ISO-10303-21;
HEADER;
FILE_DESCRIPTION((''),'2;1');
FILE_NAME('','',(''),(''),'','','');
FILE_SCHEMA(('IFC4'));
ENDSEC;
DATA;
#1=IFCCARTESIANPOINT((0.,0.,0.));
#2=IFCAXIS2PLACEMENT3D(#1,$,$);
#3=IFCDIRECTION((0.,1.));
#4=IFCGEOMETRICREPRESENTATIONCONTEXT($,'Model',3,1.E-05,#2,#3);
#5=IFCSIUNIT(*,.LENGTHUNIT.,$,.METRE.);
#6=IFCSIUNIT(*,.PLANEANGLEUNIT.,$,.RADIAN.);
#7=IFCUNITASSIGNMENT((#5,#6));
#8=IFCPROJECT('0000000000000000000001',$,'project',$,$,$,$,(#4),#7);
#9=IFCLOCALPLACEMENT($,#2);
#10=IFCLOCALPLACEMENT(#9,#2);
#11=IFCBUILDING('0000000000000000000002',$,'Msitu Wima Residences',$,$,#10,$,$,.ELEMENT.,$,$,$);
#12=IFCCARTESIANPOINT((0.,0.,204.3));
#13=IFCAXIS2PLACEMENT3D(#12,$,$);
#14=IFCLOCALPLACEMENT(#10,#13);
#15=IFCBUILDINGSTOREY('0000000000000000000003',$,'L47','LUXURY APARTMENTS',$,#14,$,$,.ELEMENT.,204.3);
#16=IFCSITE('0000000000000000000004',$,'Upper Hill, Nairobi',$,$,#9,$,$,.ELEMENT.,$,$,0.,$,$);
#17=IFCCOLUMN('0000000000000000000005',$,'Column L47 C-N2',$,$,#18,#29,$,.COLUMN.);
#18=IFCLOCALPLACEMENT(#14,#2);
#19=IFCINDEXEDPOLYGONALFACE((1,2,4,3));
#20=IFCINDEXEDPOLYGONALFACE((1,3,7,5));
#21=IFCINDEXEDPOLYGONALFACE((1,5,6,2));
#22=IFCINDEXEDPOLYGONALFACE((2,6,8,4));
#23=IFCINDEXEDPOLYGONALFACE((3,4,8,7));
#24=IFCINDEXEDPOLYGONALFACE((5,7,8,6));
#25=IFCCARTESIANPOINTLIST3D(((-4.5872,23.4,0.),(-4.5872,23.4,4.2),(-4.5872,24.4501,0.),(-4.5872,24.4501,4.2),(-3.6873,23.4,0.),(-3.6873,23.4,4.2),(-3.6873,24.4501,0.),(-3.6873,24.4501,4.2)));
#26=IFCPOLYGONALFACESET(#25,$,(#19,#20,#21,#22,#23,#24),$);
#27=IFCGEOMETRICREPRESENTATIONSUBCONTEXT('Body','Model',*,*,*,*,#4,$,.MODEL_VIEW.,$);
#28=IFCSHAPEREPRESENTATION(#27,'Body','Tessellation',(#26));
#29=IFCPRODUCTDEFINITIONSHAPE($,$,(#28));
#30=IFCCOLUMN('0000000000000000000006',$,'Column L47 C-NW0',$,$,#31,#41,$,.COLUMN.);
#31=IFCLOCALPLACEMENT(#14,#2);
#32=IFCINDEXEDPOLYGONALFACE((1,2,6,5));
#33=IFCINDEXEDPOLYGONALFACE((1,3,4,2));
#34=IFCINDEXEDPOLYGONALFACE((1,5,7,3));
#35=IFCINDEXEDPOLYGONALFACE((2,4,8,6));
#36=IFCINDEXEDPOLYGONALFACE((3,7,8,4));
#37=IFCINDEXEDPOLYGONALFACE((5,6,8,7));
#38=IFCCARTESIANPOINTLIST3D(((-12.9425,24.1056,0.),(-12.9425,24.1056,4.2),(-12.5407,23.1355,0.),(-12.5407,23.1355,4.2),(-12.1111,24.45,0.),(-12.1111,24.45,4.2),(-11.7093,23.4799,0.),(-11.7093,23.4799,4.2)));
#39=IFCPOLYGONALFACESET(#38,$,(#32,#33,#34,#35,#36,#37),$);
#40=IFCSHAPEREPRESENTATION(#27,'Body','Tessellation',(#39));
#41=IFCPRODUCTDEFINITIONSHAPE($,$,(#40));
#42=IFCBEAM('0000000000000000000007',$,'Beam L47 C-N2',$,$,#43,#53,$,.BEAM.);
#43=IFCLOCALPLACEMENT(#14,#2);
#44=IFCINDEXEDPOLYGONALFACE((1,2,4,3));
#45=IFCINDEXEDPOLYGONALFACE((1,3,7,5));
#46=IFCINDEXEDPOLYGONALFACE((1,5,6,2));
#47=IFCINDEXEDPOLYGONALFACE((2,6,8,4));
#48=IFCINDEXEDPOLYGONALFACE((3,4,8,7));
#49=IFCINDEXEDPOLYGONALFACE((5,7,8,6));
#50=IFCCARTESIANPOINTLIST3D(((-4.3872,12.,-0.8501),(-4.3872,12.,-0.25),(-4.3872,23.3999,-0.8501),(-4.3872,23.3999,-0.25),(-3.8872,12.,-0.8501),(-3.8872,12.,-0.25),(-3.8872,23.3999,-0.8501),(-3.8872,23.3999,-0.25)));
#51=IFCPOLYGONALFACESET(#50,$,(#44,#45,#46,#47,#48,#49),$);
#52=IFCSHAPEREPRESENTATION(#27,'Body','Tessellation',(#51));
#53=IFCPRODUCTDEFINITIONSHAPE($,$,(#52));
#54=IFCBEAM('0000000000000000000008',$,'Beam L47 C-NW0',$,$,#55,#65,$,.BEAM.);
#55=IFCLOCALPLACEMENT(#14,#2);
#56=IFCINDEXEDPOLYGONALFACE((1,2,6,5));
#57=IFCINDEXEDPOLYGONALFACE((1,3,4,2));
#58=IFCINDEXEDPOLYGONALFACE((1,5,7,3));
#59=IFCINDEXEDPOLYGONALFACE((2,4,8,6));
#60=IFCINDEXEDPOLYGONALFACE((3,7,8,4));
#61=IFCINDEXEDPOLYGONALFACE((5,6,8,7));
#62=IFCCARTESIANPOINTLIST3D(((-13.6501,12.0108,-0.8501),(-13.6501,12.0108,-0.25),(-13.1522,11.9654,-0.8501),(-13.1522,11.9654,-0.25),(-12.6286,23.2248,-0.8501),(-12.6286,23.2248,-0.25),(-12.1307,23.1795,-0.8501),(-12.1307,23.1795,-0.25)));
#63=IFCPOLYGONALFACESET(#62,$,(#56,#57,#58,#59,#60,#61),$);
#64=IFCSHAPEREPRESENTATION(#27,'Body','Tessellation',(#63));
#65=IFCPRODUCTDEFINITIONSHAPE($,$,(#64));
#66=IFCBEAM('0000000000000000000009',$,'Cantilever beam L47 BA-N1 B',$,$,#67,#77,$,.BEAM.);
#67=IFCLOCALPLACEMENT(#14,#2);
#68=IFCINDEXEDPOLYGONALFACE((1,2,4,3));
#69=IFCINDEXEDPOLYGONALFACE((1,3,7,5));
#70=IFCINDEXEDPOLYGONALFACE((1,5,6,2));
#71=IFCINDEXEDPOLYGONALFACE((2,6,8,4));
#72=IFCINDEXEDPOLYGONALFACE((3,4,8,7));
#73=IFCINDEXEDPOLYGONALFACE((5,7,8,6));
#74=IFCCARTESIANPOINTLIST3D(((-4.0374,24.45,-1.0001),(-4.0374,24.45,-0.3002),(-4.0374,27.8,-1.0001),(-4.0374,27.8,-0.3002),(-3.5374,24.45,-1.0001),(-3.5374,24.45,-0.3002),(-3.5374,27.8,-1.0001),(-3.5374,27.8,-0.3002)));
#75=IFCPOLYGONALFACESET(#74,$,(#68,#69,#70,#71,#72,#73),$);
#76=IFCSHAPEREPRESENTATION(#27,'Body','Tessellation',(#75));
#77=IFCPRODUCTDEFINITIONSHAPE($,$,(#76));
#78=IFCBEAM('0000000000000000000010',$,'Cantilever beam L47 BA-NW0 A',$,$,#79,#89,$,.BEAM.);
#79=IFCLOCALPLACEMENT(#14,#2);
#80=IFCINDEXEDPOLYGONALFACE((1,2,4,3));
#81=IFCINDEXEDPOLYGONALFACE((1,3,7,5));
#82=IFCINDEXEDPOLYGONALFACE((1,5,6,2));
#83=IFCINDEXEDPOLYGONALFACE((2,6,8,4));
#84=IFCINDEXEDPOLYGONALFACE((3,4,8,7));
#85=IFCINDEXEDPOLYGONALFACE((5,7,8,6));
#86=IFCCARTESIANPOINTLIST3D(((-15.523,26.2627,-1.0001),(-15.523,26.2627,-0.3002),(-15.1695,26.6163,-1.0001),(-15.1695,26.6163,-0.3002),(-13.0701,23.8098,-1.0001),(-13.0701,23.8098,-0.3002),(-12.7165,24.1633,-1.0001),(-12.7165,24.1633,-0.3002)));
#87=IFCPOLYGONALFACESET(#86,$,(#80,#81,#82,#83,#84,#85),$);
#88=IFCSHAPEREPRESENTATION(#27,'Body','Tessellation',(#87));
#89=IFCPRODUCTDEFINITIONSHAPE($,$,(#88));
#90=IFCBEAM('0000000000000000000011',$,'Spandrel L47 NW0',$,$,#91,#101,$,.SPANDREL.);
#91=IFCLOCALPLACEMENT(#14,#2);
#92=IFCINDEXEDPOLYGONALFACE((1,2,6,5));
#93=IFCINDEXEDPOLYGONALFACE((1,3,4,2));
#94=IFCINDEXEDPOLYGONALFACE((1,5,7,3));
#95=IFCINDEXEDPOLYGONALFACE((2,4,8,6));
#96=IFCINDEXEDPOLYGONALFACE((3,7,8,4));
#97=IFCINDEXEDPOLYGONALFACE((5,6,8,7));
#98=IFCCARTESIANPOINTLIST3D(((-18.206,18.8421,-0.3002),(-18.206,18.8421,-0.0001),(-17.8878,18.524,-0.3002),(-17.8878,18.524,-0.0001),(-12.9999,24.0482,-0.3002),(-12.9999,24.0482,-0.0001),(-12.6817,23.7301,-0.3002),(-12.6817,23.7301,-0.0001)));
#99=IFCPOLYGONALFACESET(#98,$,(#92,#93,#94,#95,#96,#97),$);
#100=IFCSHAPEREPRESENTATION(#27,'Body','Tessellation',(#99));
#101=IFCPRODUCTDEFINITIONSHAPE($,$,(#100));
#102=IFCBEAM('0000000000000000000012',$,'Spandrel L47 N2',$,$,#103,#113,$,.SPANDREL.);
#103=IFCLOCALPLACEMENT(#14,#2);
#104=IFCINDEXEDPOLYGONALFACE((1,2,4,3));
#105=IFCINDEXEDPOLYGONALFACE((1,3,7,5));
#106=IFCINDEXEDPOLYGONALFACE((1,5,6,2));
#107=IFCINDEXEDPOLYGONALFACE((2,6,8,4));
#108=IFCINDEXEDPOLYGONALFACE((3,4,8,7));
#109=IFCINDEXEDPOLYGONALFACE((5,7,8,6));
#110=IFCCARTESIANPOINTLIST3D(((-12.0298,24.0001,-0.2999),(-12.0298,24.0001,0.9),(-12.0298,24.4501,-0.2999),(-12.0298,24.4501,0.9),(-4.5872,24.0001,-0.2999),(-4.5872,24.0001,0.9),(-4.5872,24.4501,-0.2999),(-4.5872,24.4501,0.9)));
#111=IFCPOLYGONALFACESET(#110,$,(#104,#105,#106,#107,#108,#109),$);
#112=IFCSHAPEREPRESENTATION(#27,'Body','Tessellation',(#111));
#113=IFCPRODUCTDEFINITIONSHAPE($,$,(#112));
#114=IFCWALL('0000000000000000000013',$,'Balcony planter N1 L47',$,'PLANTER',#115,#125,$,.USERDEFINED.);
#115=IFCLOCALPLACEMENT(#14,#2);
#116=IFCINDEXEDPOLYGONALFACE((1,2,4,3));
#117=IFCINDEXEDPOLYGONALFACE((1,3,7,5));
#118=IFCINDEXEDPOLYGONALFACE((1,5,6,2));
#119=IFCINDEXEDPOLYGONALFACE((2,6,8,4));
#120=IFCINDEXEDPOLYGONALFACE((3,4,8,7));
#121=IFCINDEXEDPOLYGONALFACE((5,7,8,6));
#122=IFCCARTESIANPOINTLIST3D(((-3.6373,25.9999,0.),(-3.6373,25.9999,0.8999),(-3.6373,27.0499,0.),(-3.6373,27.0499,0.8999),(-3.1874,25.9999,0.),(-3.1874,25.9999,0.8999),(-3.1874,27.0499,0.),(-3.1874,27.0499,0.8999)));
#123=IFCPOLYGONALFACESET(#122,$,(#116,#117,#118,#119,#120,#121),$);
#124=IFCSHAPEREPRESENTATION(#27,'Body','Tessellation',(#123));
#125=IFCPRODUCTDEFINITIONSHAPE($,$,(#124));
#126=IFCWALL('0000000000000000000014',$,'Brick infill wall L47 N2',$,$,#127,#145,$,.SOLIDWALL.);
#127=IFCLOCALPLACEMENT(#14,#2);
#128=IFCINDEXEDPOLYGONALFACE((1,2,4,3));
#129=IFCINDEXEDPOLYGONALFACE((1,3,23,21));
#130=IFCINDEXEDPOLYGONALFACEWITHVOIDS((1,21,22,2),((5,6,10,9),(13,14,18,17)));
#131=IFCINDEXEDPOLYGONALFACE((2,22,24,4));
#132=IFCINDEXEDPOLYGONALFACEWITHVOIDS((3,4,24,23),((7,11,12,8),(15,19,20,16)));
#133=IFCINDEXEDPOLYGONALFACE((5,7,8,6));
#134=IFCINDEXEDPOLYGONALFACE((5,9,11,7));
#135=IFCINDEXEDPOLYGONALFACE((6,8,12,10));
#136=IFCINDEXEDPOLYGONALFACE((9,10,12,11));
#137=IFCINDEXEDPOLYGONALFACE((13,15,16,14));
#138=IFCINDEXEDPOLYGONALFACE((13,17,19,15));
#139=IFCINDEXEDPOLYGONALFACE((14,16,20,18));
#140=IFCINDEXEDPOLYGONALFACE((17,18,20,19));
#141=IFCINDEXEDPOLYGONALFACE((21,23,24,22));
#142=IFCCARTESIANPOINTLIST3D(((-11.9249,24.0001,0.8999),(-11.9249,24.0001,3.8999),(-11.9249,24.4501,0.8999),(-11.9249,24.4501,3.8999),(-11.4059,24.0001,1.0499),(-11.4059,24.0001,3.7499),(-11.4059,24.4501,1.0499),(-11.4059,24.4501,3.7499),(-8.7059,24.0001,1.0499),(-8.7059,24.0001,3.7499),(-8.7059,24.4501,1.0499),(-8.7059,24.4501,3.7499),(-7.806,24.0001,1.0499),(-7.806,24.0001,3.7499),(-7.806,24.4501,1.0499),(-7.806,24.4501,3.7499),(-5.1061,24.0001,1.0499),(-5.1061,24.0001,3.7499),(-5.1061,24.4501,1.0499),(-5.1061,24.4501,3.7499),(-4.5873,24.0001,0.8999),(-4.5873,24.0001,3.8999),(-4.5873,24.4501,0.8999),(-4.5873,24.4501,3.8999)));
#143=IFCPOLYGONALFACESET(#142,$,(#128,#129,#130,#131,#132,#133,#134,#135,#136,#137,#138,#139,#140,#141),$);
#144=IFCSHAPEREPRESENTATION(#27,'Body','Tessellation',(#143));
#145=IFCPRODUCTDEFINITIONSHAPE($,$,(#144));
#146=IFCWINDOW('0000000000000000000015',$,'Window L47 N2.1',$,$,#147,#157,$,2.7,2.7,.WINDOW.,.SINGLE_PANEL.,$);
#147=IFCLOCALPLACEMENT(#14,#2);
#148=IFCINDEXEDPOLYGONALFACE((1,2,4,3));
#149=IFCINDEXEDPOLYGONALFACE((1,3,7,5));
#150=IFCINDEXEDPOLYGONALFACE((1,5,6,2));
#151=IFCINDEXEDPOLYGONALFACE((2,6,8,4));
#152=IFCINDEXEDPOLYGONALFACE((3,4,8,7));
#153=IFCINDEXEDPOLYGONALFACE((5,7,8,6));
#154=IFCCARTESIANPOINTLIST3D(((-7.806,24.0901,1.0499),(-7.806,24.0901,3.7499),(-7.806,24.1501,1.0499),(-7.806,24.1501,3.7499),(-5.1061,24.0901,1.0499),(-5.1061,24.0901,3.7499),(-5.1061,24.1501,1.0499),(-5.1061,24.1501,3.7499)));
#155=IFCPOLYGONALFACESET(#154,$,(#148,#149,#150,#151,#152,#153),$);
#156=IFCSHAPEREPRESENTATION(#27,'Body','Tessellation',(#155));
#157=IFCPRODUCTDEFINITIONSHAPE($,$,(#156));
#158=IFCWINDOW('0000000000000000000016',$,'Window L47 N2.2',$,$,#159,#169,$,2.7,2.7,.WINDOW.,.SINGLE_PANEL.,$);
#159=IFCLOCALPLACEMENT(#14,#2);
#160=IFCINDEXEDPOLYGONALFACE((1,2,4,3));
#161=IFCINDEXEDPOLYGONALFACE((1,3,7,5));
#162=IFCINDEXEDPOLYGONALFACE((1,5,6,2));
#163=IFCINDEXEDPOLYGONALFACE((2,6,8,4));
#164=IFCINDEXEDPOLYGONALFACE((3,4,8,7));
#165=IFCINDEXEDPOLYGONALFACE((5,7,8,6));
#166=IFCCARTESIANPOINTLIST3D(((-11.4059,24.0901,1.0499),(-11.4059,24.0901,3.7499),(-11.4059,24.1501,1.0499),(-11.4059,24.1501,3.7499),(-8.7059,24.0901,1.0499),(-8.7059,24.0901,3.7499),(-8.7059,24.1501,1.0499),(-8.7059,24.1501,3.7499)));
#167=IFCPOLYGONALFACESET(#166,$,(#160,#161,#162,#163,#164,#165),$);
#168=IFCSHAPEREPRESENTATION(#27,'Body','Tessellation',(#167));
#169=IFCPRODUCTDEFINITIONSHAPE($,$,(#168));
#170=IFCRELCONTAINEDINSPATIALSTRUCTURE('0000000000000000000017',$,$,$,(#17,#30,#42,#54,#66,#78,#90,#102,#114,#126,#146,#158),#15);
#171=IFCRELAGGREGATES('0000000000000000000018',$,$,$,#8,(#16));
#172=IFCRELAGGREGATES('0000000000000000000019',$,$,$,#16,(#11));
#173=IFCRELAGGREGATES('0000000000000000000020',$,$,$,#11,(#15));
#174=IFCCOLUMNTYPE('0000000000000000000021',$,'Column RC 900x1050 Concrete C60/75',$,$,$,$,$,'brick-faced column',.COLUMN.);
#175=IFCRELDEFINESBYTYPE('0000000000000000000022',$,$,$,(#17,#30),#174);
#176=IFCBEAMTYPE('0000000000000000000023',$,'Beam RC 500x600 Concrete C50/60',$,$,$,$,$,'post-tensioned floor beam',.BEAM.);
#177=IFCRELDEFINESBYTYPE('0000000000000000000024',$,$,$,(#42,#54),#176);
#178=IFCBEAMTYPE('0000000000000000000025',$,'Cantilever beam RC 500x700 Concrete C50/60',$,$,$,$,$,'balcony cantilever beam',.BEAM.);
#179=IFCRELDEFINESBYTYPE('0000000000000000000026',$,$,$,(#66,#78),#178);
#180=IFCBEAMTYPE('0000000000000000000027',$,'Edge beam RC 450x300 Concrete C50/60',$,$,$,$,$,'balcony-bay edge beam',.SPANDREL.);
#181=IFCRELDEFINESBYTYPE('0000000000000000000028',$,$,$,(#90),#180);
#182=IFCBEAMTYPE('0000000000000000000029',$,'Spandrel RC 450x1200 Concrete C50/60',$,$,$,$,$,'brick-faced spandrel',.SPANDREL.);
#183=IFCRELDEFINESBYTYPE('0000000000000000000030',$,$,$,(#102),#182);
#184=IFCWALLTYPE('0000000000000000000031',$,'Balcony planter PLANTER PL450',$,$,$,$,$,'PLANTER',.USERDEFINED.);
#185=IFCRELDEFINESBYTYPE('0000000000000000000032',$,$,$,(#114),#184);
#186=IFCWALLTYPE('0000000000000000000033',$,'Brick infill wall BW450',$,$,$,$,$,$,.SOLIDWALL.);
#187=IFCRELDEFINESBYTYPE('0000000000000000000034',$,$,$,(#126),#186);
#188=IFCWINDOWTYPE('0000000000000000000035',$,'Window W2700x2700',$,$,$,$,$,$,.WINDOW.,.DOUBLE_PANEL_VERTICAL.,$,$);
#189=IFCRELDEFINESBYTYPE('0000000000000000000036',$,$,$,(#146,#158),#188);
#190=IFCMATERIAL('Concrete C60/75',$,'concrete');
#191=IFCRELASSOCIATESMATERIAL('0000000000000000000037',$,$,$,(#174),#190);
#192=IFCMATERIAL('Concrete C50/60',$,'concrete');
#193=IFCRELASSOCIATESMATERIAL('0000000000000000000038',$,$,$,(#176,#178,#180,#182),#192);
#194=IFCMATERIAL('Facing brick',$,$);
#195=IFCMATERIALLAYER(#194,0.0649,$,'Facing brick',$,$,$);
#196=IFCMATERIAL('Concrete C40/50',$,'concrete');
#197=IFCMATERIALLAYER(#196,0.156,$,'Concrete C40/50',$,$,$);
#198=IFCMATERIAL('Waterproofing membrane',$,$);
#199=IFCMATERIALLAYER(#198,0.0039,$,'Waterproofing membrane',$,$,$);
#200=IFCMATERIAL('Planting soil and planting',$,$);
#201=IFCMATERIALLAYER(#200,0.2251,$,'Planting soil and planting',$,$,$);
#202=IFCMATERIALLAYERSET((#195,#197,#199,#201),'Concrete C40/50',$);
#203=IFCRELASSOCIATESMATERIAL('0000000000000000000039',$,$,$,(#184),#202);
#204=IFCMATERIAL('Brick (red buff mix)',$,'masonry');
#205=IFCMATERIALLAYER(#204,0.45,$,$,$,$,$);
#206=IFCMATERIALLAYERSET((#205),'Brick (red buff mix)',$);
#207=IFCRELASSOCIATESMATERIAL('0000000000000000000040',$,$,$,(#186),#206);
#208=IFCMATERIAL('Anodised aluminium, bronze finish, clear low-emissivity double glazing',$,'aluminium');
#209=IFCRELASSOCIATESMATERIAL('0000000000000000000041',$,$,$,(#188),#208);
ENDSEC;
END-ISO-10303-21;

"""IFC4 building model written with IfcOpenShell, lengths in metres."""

from ifc_helpers import new_model, si_unit, direction, frame, frame_2d, origin, origin_2d, place, context, subcontext, project, spatial, rectangle, extrude, material, layer, layer_set, material_profile, profile_set, type_object, element, fill, save


model = new_model("IFC4")

# Units and contexts
model_context = context("Model", 3, precision=1e-05, world=origin(), true_north=direction((0.0, 1.0)))
body_context = subcontext(model_context, "Body", "Model", "MODEL_VIEW")
ifc_project = project(units=[si_unit("LENGTHUNIT", "METRE"), si_unit("PLANEANGLEUNIT", "RADIAN")], contexts=[model_context])

# Site, building, storey
site_placement = place(None, origin())
site = spatial("IfcSite", under=ifc_project, at=site_placement, Name="Upper Hill, Nairobi", CompositionType="ELEMENT", RefElevation=0.0)
building_placement = place(site_placement, origin())
building = spatial("IfcBuilding", under=site, at=building_placement, Name="Msitu Wima Residences", CompositionType="ELEMENT")
storey_placement = place(building_placement, frame((0.0, 0.0, 204.3)))
storey = spatial("IfcBuildingStorey", under=building, at=storey_placement, Name="L47", Description="LUXURY APARTMENTS", CompositionType="ELEMENT", Elevation=204.3)

# Columns
ifc_material_1 = material(Name="Concrete C60/75", Category="concrete")
ifc_material_profile_1 = material_profile(ifc_material_1, rectangle(XDim=0.8999, YDim=1.05, at=origin_2d()), Name="RC 900x1050")
ifc_profile_set_1 = profile_set([ifc_material_profile_1], Name="Concrete C60/75")
column_type = type_object("IfcColumnType", Name="Column RC 900x1050 Concrete C60/75", ElementType="brick-faced column", PredefinedType="COLUMN", material=ifc_profile_set_1)
for number, where, z_axis, x_axis, name in (
    (1, (-4.1372, 23.925, 0.0), (0.0, 0.0, 1.0), (-1.0, 0.0, 0.0), "Column L47 C-N2"),
    (2, (-12.3259, 23.7927, 0.0), (0.0, 0.0, 1.0), (-0.92388, -0.382683, 0.0), "Column L47 C-NW0"),
):
    element("IfcColumn", number, at=place(storey_placement, frame(where, z_axis=z_axis, x_axis=x_axis)), inside=storey, type_object=column_type, Name=name, PredefinedType="COLUMN", context=body_context, shape_type="SweptSolid", body=[
        extrude(rectangle(XDim=0.8999, YDim=1.05, at=origin_2d()), origin(), (0.0, 0.0, 1.0), 4.2),
    ])

# Beams
ifc_material_2 = material(Name="Concrete C50/60", Category="concrete")
ifc_material_profile_2 = material_profile(ifc_material_2, rectangle(XDim=0.5, YDim=0.6001, at=origin_2d()), Name="RC 500x600")
ifc_profile_set_2 = profile_set([ifc_material_profile_2], Name="Concrete C50/60")
beam_type_1 = type_object("IfcBeamType", Name="Beam RC 500x600 Concrete C50/60", ElementType="post-tensioned floor beam", PredefinedType="BEAM", material=ifc_profile_set_2)
beam_1_placement = place(storey_placement, frame((-4.1372, 23.3999, -0.55), z_axis=(0.0, -1.0, 0.0), x_axis=(1.0, 0.0, 0.0)))
element("IfcBeam", 3, at=beam_1_placement, inside=storey, type_object=beam_type_1, Name="Beam L47 C-N2", PredefinedType="BEAM", context=body_context, shape_type="SweptSolid", body=[
    extrude(rectangle(XDim=0.5, YDim=0.6001, at=origin_2d()), origin(), (0.0, 0.0, 1.0), 11.3999),
])
beam_2_placement = place(storey_placement, frame((-12.3796, 23.2021, -0.55), z_axis=(-0.090714, -0.995877, 0.0), x_axis=(0.995877, -0.090714, 0.0)))
element("IfcBeam", 4, at=beam_2_placement, inside=storey, type_object=beam_type_1, Name="Beam L47 C-NW0", PredefinedType="BEAM", context=body_context, shape_type="SweptSolid", body=[
    extrude(rectangle(XDim=0.5, YDim=0.6001, at=origin_2d()), origin(), (0.0, 0.0, 1.0), 11.2605),
])
ifc_material_profile_3 = material_profile(ifc_material_2, rectangle(XDim=0.5, YDim=0.7, at=origin_2d()), Name="RC 500x700")
ifc_profile_set_3 = profile_set([ifc_material_profile_3], Name="Concrete C50/60")
beam_type_2 = type_object("IfcBeamType", Name="Cantilever beam RC 500x700 Concrete C50/60", ElementType="balcony cantilever beam", PredefinedType="BEAM", material=ifc_profile_set_3)
beam_3_placement = place(storey_placement, frame((-3.7874, 24.45, -0.6501), z_axis=(0.0, 1.0, 0.0), x_axis=(-1.0, 0.0, 0.0)))
element("IfcBeam", 5, at=beam_3_placement, inside=storey, type_object=beam_type_2, Name="Cantilever beam L47 BA-N1 B", PredefinedType="BEAM", context=body_context, shape_type="SweptSolid", body=[
    extrude(rectangle(XDim=0.5, YDim=0.7, at=origin_2d()), origin(), (0.0, 0.0, 1.0), 3.3501),
])
beam_4_placement = place(storey_placement, frame((-12.8933, 23.9866, -0.6501), z_axis=(-0.707107, 0.707107, 0.0), x_axis=(-0.707107, -0.707107, 0.0)))
element("IfcBeam", 6, at=beam_4_placement, inside=storey, type_object=beam_type_2, Name="Cantilever beam L47 BA-NW0 A", PredefinedType="BEAM", context=body_context, shape_type="SweptSolid", body=[
    extrude(rectangle(XDim=0.5, YDim=0.7, at=origin_2d()), origin(), (0.0, 0.0, 1.0), 3.469),
])
ifc_material_profile_4 = material_profile(ifc_material_2, rectangle(XDim=0.45, YDim=0.3, at=origin_2d()), Name="RC 450x300")
ifc_profile_set_4 = profile_set([ifc_material_profile_4], Name="Concrete C50/60")
beam_type_3 = type_object("IfcBeamType", Name="Edge beam RC 450x300 Concrete C50/60", ElementType="balcony-bay edge beam", PredefinedType="SPANDREL", material=ifc_profile_set_4)
beam_5_placement = place(storey_placement, frame((-12.8408, 23.8892, -0.1501), z_axis=(-0.707107, -0.707107, 0.0), x_axis=(0.707107, -0.707107, 0.0)))
element("IfcBeam", 7, at=beam_5_placement, inside=storey, type_object=beam_type_3, Name="Spandrel L47 NW0", PredefinedType="SPANDREL", context=body_context, shape_type="SweptSolid", body=[
    extrude(rectangle(XDim=0.45, YDim=0.3, at=origin_2d()), origin(), (0.0, 0.0, 1.0), 7.3625),
])
ifc_material_profile_5 = material_profile(ifc_material_2, rectangle(XDim=0.45, YDim=1.2, at=origin_2d()), Name="RC 450x1200")
ifc_profile_set_5 = profile_set([ifc_material_profile_5], Name="Concrete C50/60")
beam_type_4 = type_object("IfcBeamType", Name="Spandrel RC 450x1200 Concrete C50/60", ElementType="brick-faced spandrel", PredefinedType="SPANDREL", material=ifc_profile_set_5)
beam_6_placement = place(storey_placement, frame((-4.5872, 24.2251, 0.3), z_axis=(-1.0, 0.0, 0.0), x_axis=(0.0, -1.0, 0.0)))
element("IfcBeam", 8, at=beam_6_placement, inside=storey, type_object=beam_type_4, Name="Spandrel L47 N2", PredefinedType="SPANDREL", context=body_context, shape_type="SweptSolid", body=[
    extrude(rectangle(XDim=0.45, YDim=1.2, at=origin_2d()), origin(), (0.0, 0.0, 1.0), 7.4426),
])

# Wall
ifc_material_3 = material(Name="Facing brick")
ifc_layer_1 = layer(ifc_material_3, 0.0649, Name="Facing brick")
ifc_material_4 = material(Name="Concrete C40/50", Category="concrete")
ifc_layer_2 = layer(ifc_material_4, 0.156, Name="Concrete C40/50")
ifc_material_5 = material(Name="Waterproofing membrane")
ifc_layer_3 = layer(ifc_material_5, 0.0039, Name="Waterproofing membrane")
ifc_material_6 = material(Name="Planting soil and planting")
ifc_layer_4 = layer(ifc_material_6, 0.2251, Name="Planting soil and planting")
ifc_layer_set_1 = layer_set([ifc_layer_1, ifc_layer_2, ifc_layer_3, ifc_layer_4], Name="Concrete C40/50")
wall_type_1 = type_object("IfcWallType", Name="Balcony planter PLANTER PL450", ElementType="PLANTER", PredefinedType="USERDEFINED", material=ifc_layer_set_1)
wall_1_placement = place(storey_placement, frame((-3.4124, 26.0, 0.0), z_axis=(0.0, 0.0, 1.0), x_axis=(0.0, 1.0, 0.0)))
element("IfcWall", 9, at=wall_1_placement, inside=storey, type_object=wall_type_1, Name="Balcony planter N1 L47", ObjectType="PLANTER", PredefinedType="USERDEFINED", context=body_context, shape_type="SweptSolid", body=[
    extrude(rectangle(XDim=1.05, YDim=0.45, at=frame_2d((0.5249, 0.0))), origin(), (0.0, 0.0, 1.0), 0.8999),
])

# Wall, openings, windows
ifc_material_7 = material(Name="Brick (red buff mix)", Category="masonry")
ifc_layer_5 = layer(ifc_material_7, 0.45)
ifc_layer_set_2 = layer_set([ifc_layer_5], Name="Brick (red buff mix)")
wall_type_2 = type_object("IfcWallType", Name="Brick infill wall BW450", PredefinedType="SOLIDWALL", material=ifc_layer_set_2)
wall_2_placement = place(storey_placement, frame((-4.5872, 24.2251, 0.8999), z_axis=(0.0, 0.0, 1.0), x_axis=(-1.0, 0.0, 0.0)))
wall_2 = element("IfcWall", 10, at=wall_2_placement, inside=storey, type_object=wall_type_2, Name="Brick infill wall L47 N2", PredefinedType="SOLIDWALL", context=body_context, shape_type="SweptSolid", body=[
    extrude(rectangle(XDim=7.3376, YDim=0.45, at=frame_2d((3.6689, 0.0))), origin(), (0.0, 0.0, 1.0), 3.0),
])
opening_1_placement = place(wall_2_placement, frame((0.5188, 0.0, 0.1499)))
opening_1 = element("IfcOpeningElement", 11, at=opening_1_placement, cuts=wall_2, PredefinedType="OPENING", context=body_context, shape_type="SweptSolid", body=[
    extrude(rectangle(XDim=2.7, YDim=2.7, at=frame_2d((1.3501, 1.3501))), frame((0.0, 0.2349, 0.0), z_axis=(0.0, -1.0, 0.0), x_axis=(1.0, 0.0, 0.0)), (0.0, 0.0, 1.0), 0.47),
])
opening_2_placement = place(wall_2_placement, frame((4.1187, 0.0, 0.1499)))
opening_2 = element("IfcOpeningElement", 12, at=opening_2_placement, cuts=wall_2, PredefinedType="OPENING", context=body_context, shape_type="SweptSolid", body=[
    extrude(rectangle(XDim=2.7, YDim=2.7, at=frame_2d((1.3501, 1.3501))), frame((0.0, 0.2349, 0.0), z_axis=(0.0, -1.0, 0.0), x_axis=(1.0, 0.0, 0.0)), (0.0, 0.0, 1.0), 0.47),
])
ifc_material_8 = material(Name="Anodised aluminium, bronze finish, clear low-emissivity double glazing", Category="aluminium")
window_type = type_object("IfcWindowType", Name="Window W2700x2700", PartitioningType="DOUBLE_PANEL_VERTICAL", PredefinedType="WINDOW", material=ifc_material_8)
window_1_placement = place(opening_1_placement, origin())
window_1 = element("IfcWindow", 13, at=window_1_placement, inside=storey, type_object=window_type, Name="Window L47 N2.1", OverallHeight=2.7, OverallWidth=2.7, PartitioningType="SINGLE_PANEL", PredefinedType="WINDOW", context=body_context, shape_type="SweptSolid", body=[
    extrude(rectangle(XDim=2.7, YDim=2.7, at=frame_2d((1.3501, 1.3501))), frame((0.0, 0.135, 0.0), z_axis=(0.0, -1.0, 0.0), x_axis=(1.0, 0.0, 0.0)), (0.0, 0.0, 1.0), 0.0601),
])
fill(opening_1, window_1)
window_2_placement = place(opening_2_placement, origin())
window_2 = element("IfcWindow", 14, at=window_2_placement, inside=storey, type_object=window_type, Name="Window L47 N2.2", OverallHeight=2.7, OverallWidth=2.7, PartitioningType="SINGLE_PANEL", PredefinedType="WINDOW", context=body_context, shape_type="SweptSolid", body=[
    extrude(rectangle(XDim=2.7, YDim=2.7, at=frame_2d((1.3501, 1.3501))), frame((0.0, 0.135, 0.0), z_axis=(0.0, -1.0, 0.0), x_axis=(1.0, 0.0, 0.0)), (0.0, 0.0, 1.0), 0.0601),
])
fill(opening_2, window_2)

save(model, "model.ifc")
